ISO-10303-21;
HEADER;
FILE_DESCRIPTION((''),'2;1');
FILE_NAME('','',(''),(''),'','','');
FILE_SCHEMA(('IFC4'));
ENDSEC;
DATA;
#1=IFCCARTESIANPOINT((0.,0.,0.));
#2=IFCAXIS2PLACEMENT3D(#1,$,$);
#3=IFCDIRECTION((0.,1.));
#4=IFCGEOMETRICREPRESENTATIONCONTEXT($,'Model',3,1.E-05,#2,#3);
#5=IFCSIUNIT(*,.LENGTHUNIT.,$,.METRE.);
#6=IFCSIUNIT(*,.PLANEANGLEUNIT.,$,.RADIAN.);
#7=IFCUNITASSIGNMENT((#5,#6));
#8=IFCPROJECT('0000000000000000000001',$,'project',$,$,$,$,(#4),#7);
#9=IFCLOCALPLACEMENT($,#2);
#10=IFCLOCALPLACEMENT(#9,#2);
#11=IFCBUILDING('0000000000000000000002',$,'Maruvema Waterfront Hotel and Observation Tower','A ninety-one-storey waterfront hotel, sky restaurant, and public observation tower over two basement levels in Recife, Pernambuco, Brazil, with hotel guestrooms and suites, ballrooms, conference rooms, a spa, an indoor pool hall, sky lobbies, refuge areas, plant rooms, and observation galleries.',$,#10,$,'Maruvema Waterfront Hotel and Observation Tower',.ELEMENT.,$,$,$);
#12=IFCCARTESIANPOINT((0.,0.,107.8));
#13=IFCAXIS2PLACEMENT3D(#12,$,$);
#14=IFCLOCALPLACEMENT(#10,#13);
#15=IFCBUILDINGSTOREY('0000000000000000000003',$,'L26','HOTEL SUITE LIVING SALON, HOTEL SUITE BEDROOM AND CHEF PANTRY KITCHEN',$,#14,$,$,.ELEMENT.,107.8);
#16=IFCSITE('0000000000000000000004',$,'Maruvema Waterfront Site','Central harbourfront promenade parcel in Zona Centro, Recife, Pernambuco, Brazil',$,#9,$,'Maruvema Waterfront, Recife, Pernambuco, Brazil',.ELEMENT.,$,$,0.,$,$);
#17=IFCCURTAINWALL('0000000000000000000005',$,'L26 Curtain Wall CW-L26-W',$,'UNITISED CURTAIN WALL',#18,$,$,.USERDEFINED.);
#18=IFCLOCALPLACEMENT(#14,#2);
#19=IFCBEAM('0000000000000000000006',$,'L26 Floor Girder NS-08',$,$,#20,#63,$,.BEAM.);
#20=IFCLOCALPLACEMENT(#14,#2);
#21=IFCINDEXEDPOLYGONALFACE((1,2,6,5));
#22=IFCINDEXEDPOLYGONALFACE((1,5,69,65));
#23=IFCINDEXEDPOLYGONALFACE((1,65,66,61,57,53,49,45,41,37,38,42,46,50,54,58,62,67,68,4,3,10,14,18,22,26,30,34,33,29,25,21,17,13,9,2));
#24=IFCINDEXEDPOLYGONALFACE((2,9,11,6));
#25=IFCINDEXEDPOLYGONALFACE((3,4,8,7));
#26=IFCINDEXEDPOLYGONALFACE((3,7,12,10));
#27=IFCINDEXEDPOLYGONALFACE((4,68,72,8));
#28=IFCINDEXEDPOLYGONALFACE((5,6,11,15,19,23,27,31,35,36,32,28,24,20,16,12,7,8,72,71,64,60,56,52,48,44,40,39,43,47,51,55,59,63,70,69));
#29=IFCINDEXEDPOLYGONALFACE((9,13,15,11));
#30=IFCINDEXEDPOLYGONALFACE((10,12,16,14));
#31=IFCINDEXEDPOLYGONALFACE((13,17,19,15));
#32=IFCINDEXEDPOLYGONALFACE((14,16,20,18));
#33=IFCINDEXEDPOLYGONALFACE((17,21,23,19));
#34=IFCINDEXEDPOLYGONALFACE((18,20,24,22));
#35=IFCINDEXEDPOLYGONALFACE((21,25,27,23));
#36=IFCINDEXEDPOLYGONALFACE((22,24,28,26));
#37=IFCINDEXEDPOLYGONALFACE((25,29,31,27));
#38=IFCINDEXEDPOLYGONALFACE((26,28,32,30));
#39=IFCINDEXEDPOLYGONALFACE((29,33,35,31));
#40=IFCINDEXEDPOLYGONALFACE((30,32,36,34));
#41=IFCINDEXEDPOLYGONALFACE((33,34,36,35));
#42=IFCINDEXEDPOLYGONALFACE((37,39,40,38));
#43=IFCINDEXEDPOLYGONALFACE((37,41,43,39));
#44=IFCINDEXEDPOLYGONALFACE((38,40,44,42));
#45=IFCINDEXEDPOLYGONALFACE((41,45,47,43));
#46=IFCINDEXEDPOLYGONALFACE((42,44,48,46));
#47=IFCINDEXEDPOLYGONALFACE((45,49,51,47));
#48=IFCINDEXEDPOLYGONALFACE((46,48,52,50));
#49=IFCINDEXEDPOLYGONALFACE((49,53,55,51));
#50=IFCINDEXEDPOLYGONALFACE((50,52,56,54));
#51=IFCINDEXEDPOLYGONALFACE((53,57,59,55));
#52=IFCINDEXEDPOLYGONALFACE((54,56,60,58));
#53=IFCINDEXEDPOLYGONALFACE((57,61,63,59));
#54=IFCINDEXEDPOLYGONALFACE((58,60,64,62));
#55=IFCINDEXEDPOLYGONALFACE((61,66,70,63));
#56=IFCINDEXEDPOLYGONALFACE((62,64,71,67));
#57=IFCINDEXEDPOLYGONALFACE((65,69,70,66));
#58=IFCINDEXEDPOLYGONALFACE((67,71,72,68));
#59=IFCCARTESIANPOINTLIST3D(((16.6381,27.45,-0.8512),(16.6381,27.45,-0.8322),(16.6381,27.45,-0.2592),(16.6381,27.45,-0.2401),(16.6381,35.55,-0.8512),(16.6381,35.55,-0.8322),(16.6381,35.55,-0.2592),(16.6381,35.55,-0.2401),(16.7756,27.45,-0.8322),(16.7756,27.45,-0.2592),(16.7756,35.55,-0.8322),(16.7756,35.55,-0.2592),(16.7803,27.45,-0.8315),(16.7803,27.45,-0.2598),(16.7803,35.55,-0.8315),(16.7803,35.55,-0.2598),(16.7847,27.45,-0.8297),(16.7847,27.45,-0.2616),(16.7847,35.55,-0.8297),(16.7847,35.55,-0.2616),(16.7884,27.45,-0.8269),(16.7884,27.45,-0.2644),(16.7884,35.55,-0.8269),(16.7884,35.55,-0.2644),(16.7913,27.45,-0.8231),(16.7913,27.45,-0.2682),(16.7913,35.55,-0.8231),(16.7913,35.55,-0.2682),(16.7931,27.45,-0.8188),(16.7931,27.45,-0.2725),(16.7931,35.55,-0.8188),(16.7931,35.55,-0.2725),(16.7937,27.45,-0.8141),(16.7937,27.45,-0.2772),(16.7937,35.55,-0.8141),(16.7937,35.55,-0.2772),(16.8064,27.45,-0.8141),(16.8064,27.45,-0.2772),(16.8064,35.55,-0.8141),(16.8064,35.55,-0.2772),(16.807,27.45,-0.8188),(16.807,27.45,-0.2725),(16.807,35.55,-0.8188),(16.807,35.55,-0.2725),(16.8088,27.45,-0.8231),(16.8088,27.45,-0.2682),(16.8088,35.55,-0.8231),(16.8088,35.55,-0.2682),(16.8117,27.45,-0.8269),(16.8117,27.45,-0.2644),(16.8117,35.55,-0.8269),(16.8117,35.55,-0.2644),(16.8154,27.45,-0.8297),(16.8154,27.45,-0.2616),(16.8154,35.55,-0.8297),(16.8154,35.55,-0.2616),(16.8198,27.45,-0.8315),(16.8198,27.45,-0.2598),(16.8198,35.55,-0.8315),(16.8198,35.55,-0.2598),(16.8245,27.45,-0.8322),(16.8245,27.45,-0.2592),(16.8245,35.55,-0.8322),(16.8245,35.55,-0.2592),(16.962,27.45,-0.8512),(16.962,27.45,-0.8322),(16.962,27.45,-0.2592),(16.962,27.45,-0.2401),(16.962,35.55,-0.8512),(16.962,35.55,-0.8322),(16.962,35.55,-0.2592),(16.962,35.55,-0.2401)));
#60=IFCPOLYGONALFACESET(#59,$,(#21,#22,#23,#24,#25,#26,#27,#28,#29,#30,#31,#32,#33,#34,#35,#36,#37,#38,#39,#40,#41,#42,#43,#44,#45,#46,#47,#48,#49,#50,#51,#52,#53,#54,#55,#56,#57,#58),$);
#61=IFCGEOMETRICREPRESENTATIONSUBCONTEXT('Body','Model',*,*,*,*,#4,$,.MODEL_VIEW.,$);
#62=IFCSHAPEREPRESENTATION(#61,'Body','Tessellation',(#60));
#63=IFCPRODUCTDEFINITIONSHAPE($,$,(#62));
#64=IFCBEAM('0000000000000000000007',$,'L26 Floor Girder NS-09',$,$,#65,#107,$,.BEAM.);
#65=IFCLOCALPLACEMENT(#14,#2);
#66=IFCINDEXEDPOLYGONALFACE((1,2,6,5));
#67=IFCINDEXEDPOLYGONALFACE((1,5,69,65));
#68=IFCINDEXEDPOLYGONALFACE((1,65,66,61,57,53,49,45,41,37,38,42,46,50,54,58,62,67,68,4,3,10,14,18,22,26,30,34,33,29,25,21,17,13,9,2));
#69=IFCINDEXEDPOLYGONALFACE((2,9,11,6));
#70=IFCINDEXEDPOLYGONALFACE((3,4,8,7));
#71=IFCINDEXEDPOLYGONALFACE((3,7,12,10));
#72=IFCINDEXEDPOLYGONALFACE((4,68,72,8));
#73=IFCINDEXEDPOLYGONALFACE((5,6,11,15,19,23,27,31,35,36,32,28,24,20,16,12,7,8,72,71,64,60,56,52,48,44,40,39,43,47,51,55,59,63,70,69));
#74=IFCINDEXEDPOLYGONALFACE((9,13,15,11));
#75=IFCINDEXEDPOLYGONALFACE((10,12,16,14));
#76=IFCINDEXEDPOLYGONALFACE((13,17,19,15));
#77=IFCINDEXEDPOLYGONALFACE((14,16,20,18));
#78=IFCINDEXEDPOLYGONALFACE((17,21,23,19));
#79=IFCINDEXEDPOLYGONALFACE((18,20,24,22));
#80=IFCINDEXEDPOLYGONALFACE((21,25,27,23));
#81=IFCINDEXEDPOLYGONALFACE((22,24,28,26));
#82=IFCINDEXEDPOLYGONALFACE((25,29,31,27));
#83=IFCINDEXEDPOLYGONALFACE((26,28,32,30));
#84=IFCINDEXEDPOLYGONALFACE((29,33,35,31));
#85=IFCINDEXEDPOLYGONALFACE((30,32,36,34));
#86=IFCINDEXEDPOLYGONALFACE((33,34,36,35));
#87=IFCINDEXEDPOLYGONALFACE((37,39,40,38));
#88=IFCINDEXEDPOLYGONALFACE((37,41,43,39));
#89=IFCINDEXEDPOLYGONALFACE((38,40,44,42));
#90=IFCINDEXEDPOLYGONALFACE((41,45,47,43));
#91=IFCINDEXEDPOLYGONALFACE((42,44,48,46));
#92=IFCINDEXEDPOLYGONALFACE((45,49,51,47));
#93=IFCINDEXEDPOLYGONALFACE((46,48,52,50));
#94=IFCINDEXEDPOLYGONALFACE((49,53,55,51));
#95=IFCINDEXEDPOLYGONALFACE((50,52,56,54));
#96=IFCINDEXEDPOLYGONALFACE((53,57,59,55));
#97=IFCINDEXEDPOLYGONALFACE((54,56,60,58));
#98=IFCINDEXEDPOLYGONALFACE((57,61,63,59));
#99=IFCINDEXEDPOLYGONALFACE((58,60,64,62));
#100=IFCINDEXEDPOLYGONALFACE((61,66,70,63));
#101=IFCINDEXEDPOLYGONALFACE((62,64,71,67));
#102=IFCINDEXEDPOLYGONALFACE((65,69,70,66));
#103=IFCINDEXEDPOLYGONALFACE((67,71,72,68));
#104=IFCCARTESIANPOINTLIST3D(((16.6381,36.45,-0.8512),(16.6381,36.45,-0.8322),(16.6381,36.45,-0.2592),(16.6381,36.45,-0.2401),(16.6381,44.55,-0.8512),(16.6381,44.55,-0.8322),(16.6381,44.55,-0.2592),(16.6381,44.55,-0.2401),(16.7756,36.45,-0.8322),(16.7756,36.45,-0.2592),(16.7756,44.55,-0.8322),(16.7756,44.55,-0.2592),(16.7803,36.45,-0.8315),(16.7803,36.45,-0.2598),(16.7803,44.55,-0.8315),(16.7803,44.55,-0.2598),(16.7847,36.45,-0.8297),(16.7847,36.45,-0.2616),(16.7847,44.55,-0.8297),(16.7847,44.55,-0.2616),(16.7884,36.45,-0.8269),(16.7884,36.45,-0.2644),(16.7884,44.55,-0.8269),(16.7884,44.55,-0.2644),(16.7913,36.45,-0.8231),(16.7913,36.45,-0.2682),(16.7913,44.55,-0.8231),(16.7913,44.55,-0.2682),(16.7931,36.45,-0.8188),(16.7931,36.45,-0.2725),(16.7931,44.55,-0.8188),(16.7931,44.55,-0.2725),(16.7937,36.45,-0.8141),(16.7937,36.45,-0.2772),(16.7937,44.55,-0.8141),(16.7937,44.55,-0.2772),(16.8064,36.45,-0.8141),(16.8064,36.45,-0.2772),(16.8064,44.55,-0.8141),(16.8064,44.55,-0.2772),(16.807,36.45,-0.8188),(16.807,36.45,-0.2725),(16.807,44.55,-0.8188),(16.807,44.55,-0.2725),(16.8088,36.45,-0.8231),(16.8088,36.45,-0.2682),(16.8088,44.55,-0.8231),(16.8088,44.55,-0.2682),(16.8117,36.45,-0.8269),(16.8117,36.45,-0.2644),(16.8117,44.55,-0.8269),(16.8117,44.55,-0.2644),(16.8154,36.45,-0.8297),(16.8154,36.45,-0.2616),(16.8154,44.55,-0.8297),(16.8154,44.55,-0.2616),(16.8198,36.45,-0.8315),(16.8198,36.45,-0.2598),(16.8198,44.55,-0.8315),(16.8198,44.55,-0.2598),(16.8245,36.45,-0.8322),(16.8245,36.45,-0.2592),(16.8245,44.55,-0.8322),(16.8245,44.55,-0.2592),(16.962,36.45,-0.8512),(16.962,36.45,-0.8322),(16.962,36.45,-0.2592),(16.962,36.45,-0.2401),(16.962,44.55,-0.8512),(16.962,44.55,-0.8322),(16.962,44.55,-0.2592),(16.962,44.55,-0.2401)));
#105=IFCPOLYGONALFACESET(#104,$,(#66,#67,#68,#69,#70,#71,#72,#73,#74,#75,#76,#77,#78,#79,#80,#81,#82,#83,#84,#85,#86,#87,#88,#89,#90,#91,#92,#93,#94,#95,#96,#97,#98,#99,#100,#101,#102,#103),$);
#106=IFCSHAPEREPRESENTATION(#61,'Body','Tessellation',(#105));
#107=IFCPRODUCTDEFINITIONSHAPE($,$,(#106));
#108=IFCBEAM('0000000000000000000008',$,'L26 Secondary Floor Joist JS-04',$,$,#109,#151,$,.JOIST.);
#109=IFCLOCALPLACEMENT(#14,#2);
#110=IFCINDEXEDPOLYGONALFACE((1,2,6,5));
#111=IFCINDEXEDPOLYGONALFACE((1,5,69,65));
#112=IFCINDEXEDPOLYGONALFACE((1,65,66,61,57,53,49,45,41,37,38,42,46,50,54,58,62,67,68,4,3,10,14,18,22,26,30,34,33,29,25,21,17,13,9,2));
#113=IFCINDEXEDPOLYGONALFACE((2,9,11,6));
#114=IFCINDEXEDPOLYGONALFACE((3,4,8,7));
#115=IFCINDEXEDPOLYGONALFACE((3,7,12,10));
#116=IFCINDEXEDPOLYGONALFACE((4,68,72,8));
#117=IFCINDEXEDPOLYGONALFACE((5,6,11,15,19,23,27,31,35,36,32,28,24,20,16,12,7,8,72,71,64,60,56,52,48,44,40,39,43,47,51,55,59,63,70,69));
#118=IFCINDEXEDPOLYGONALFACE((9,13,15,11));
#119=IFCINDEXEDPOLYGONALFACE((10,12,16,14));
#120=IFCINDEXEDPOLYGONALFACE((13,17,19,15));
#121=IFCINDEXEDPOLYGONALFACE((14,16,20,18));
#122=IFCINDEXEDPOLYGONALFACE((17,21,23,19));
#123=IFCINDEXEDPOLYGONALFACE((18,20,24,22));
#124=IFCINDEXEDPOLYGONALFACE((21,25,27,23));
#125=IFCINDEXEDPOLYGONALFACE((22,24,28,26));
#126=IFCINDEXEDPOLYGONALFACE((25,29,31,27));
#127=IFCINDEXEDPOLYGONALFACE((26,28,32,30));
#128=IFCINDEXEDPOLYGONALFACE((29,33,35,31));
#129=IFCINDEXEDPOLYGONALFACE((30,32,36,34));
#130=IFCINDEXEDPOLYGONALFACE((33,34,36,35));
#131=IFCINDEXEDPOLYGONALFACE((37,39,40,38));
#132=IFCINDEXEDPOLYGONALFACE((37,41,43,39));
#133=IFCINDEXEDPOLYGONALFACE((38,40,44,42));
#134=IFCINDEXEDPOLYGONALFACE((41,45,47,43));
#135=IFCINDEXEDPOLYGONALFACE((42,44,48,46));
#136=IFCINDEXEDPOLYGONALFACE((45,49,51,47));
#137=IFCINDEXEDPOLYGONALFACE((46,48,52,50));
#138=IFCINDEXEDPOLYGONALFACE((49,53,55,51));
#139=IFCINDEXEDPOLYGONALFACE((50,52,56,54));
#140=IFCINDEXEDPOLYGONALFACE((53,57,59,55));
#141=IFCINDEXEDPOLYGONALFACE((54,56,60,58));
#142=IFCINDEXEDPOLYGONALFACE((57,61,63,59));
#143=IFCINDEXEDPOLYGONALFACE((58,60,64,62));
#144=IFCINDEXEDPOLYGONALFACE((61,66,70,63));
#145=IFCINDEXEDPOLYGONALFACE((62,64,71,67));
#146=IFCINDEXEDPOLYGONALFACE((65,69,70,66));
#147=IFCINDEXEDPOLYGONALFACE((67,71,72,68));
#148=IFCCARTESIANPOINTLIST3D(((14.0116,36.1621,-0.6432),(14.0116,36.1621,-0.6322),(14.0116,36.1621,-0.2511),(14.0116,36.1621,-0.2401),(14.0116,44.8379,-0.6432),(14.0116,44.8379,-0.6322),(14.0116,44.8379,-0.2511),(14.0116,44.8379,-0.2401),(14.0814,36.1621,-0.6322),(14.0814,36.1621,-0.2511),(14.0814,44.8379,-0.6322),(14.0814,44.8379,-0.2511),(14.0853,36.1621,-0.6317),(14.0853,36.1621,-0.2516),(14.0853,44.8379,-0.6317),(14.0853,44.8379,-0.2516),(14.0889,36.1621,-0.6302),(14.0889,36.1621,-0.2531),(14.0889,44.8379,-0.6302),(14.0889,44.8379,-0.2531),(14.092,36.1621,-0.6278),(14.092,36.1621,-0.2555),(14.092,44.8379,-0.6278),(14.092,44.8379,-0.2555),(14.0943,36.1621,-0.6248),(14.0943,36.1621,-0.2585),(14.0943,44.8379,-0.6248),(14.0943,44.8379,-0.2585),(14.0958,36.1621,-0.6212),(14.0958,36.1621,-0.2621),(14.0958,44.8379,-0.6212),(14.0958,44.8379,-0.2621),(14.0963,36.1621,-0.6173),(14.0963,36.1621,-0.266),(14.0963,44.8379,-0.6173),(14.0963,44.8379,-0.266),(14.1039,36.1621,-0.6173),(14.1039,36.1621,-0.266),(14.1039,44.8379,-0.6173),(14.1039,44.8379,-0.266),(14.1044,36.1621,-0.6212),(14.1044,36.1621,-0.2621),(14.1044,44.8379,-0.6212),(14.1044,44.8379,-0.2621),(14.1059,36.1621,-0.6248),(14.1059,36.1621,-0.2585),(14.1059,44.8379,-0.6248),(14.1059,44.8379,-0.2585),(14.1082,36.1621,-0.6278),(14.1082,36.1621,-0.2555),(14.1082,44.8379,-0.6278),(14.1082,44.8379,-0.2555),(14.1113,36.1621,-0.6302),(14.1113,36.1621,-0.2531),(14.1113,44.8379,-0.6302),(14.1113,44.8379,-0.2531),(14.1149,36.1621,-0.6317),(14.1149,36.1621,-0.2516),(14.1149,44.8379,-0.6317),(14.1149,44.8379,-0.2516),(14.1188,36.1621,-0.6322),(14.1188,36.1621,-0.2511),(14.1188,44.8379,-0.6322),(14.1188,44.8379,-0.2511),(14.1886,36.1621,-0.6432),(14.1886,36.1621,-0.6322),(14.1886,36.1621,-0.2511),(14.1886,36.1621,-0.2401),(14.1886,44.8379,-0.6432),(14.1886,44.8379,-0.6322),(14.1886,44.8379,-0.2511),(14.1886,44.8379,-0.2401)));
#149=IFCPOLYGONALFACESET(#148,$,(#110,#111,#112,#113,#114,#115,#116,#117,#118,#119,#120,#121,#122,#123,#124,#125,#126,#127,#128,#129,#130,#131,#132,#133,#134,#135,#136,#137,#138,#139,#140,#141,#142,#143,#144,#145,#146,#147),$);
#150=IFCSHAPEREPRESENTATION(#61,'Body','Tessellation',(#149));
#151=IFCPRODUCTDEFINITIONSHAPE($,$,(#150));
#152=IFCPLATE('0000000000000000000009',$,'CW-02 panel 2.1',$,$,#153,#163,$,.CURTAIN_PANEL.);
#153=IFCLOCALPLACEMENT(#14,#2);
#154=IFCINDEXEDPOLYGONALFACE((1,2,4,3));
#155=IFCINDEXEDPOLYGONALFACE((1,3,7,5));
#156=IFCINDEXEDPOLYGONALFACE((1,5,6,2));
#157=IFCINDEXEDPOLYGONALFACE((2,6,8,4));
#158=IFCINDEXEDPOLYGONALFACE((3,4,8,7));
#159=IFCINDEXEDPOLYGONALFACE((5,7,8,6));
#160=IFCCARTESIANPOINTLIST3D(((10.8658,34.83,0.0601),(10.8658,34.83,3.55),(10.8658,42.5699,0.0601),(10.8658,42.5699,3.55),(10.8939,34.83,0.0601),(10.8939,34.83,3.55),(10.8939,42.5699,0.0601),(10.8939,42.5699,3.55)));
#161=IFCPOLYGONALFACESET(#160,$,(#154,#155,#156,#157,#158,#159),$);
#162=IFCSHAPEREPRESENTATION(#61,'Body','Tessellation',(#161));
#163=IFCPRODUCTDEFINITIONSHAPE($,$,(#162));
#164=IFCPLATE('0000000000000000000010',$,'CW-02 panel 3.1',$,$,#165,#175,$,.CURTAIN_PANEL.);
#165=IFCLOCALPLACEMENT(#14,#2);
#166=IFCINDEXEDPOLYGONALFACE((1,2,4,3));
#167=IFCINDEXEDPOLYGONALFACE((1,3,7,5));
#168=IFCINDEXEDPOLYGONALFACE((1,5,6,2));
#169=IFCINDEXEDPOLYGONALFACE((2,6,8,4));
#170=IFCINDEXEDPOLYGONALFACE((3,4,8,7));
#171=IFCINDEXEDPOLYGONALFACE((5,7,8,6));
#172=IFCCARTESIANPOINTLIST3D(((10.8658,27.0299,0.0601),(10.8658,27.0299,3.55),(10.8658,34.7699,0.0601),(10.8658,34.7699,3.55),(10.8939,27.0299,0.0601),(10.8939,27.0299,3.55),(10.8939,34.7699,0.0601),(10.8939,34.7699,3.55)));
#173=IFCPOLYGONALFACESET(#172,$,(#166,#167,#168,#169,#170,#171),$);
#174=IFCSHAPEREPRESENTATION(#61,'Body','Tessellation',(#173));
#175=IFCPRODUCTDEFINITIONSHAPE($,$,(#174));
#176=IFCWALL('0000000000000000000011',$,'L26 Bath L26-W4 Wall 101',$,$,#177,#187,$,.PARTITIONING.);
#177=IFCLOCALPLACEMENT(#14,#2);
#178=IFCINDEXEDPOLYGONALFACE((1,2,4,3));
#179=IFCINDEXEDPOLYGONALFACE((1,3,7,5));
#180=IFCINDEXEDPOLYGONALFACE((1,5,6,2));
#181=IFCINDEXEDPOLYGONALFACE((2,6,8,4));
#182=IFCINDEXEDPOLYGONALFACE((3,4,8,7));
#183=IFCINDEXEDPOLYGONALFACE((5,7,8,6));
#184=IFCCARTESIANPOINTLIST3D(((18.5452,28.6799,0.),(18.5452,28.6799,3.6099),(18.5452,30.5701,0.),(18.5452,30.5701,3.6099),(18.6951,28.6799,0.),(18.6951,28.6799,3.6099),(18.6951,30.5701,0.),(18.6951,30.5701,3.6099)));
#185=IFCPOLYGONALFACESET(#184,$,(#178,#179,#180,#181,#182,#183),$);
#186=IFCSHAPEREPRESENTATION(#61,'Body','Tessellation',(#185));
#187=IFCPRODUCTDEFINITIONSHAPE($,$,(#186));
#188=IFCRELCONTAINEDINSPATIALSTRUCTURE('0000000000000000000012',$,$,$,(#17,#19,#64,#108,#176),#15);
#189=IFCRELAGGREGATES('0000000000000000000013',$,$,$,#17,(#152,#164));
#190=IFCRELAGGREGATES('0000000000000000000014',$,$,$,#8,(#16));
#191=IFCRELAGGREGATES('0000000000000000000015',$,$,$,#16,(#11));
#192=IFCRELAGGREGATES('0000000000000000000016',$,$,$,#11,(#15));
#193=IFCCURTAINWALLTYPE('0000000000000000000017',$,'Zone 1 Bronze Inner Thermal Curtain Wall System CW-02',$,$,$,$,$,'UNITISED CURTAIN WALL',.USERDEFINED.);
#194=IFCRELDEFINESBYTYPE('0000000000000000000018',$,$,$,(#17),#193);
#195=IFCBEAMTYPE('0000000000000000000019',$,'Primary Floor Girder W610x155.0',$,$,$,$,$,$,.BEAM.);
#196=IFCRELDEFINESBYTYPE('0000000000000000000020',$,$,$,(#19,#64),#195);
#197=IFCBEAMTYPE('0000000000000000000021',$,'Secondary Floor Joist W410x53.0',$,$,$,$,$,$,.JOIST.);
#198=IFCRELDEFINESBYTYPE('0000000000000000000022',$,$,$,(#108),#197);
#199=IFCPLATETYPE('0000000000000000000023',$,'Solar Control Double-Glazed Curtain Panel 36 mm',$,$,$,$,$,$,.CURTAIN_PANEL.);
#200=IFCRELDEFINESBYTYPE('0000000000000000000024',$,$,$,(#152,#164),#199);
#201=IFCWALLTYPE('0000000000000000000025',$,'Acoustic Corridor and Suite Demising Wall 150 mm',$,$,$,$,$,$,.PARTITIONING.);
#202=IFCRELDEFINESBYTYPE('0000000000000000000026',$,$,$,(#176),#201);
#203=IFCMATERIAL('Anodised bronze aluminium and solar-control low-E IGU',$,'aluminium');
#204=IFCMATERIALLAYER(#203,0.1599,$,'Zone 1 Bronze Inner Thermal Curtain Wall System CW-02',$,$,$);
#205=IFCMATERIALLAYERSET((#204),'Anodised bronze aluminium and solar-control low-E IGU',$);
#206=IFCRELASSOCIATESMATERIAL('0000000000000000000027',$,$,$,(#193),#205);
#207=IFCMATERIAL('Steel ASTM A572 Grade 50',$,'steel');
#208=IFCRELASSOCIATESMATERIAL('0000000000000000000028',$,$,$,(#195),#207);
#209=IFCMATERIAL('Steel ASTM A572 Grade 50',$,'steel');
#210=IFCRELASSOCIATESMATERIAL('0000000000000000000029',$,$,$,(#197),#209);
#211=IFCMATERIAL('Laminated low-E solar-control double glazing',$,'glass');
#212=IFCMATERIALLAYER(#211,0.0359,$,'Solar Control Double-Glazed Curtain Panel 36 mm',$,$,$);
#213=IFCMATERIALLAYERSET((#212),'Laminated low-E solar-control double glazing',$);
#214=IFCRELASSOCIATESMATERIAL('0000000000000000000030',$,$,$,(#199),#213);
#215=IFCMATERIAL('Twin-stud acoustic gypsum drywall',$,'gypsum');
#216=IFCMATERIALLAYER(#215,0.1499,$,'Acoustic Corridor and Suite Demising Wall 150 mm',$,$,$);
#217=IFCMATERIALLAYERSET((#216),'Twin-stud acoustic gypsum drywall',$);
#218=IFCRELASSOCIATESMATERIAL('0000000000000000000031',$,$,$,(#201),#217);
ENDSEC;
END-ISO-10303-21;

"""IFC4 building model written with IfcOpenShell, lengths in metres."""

from ifc_helpers import new_model, si_unit, direction, frame, frame_2d, origin, origin_2d, place, context, subcontext, project, spatial, rectangle, i_section, extrude, material, layer, layer_set, material_profile, profile_set, type_object, element, aggregate, save


model = new_model("IFC4")

# Units and contexts
model_context = context("Model", 3, precision=1e-05, world=origin(), true_north=direction((0.0, 1.0)))
body_context = subcontext(model_context, "Body", "Model", "MODEL_VIEW")
ifc_project = project(units=[si_unit("LENGTHUNIT", "METRE"), si_unit("PLANEANGLEUNIT", "RADIAN")], contexts=[model_context])

# Site, building, storey
site_placement = place(None, origin())
site = spatial("IfcSite", under=ifc_project, at=site_placement, Name="Maruvema Waterfront Site", Description="Central harbourfront promenade parcel in Zona Centro, Recife, Pernambuco, Brazil", LongName="Maruvema Waterfront, Recife, Pernambuco, Brazil", CompositionType="ELEMENT", RefElevation=0.0)
building_placement = place(site_placement, origin())
building = spatial("IfcBuilding", under=site, at=building_placement, Name="Maruvema Waterfront Hotel and Observation Tower", Description="A ninety-one-storey waterfront hotel, sky restaurant, and public observation tower over two basement levels in Recife, Pernambuco, Brazil, with hotel guestrooms and suites, ballrooms, conference rooms, a spa, an indoor pool hall, sky lobbies, refuge areas, plant rooms, and observation galleries.", LongName="Maruvema Waterfront Hotel and Observation Tower", CompositionType="ELEMENT")
storey_placement = place(building_placement, frame((0.0, 0.0, 107.8)))
storey = spatial("IfcBuildingStorey", under=building, at=storey_placement, Name="L26", Description="HOTEL SUITE LIVING SALON, HOTEL SUITE BEDROOM AND CHEF PANTRY KITCHEN", CompositionType="ELEMENT", Elevation=107.8)

# Curtain wall
ifc_material_1 = material(Name="Anodised bronze aluminium and solar-control low-E IGU", Category="aluminium")
ifc_layer_1 = layer(ifc_material_1, 0.1599, Name="Zone 1 Bronze Inner Thermal Curtain Wall System CW-02")
ifc_layer_set_1 = layer_set([ifc_layer_1], Name="Anodised bronze aluminium and solar-control low-E IGU")
curtain_wall_type = type_object("IfcCurtainWallType", Name="Zone 1 Bronze Inner Thermal Curtain Wall System CW-02", ElementType="UNITISED CURTAIN WALL", PredefinedType="USERDEFINED", material=ifc_layer_set_1)
curtain_wall_placement = place(storey_placement, origin())
curtain_wall = element("IfcCurtainWall", 1, at=curtain_wall_placement, inside=storey, type_object=curtain_wall_type, Name="L26 Curtain Wall CW-L26-W", ObjectType="UNITISED CURTAIN WALL", PredefinedType="USERDEFINED")

# Beams
ifc_material_2 = material(Name="Steel ASTM A572 Grade 50", Category="steel")
ifc_material_profile_1 = material_profile(ifc_material_2, i_section(OverallWidth=0.324, OverallDepth=0.6111, WebThickness=0.0127, FlangeThickness=0.019, FilletRadius=0.0181, at=origin_2d()), Name="W610x155.0")
ifc_profile_set_1 = profile_set([ifc_material_profile_1], Name="Steel ASTM A572 Grade 50")
beam_type_1 = type_object("IfcBeamType", Name="Primary Floor Girder W610x155.0", PredefinedType="BEAM", material=ifc_profile_set_1)
for number, where, z_axis, x_axis, name in (
    (2, (16.8, 27.45, -0.5457), (0.0, 1.0, 0.0), (-1.0, 0.0, 0.0), "L26 Floor Girder NS-08"),
    (3, (16.8, 36.45, -0.5457), (0.0, 1.0, 0.0), (-1.0, 0.0, 0.0), "L26 Floor Girder NS-09"),
):
    element("IfcBeam", number, at=place(storey_placement, frame(where, z_axis=z_axis, x_axis=x_axis)), inside=storey, type_object=beam_type_1, Name=name, PredefinedType="BEAM", context=body_context, shape_type="SweptSolid", body=[
        extrude(i_section(OverallWidth=0.324, OverallDepth=0.6111, WebThickness=0.0127, FlangeThickness=0.019, FilletRadius=0.0181, at=origin_2d()), origin(), (0.0, 0.0, 1.0), 8.1001),
    ])
ifc_material_3 = material(Name="Steel ASTM A572 Grade 50", Category="steel")
ifc_material_profile_2 = material_profile(ifc_material_3, i_section(OverallWidth=0.177, OverallDepth=0.4031, WebThickness=0.0076, FlangeThickness=0.011, FilletRadius=0.0149, at=origin_2d()), Name="W410x53.0")
ifc_profile_set_2 = profile_set([ifc_material_profile_2], Name="Steel ASTM A572 Grade 50")
beam_type_2 = type_object("IfcBeamType", Name="Secondary Floor Joist W410x53.0", PredefinedType="JOIST", material=ifc_profile_set_2)
beam_1_placement = place(storey_placement, frame((14.1001, 36.1621, -0.4417), z_axis=(0.0, 1.0, 0.0), x_axis=(-1.0, 0.0, 0.0)))
element("IfcBeam", 4, at=beam_1_placement, inside=storey, type_object=beam_type_2, Name="L26 Secondary Floor Joist JS-04", PredefinedType="JOIST", context=body_context, shape_type="SweptSolid", body=[
    extrude(i_section(OverallWidth=0.177, OverallDepth=0.4031, WebThickness=0.0076, FlangeThickness=0.011, FilletRadius=0.0149, at=origin_2d()), origin(), (0.0, 0.0, 1.0), 8.6758),
])

# Plates
ifc_material_4 = material(Name="Laminated low-E solar-control double glazing", Category="glass")
ifc_layer_2 = layer(ifc_material_4, 0.0359, Name="Solar Control Double-Glazed Curtain Panel 36 mm")
ifc_layer_set_2 = layer_set([ifc_layer_2], Name="Laminated low-E solar-control double glazing")
plate_type = type_object("IfcPlateType", Name="Solar Control Double-Glazed Curtain Panel 36 mm", PredefinedType="CURTAIN_PANEL", material=ifc_layer_set_2)
plate_1_placement = place(storey_placement, frame((10.8799, 38.7, 0.0601), z_axis=(0.0, 0.0, 1.0), x_axis=(0.0, -1.0, 0.0)))
plate_1 = element("IfcPlate", 5, at=plate_1_placement, type_object=plate_type, Name="CW-02 panel 2.1", PredefinedType="CURTAIN_PANEL", context=body_context, shape_type="SweptSolid", body=[
    extrude(rectangle(XDim=7.74, YDim=0.0281, at=origin_2d()), origin(), (0.0, 0.0, 1.0), 3.49),
])
plate_2_placement = place(storey_placement, frame((10.8799, 30.8999, 0.0601), z_axis=(0.0, 0.0, 1.0), x_axis=(0.0, -1.0, 0.0)))
plate_2 = element("IfcPlate", 6, at=plate_2_placement, type_object=plate_type, Name="CW-02 panel 3.1", PredefinedType="CURTAIN_PANEL", context=body_context, shape_type="SweptSolid", body=[
    extrude(rectangle(XDim=7.74, YDim=0.0281, at=origin_2d()), origin(), (0.0, 0.0, 1.0), 3.49),
])
aggregate(curtain_wall, [plate_1, plate_2])

# Wall
ifc_material_5 = material(Name="Twin-stud acoustic gypsum drywall", Category="gypsum")
ifc_layer_3 = layer(ifc_material_5, 0.1499, Name="Acoustic Corridor and Suite Demising Wall 150 mm")
ifc_layer_set_3 = layer_set([ifc_layer_3], Name="Twin-stud acoustic gypsum drywall")
wall_type_1 = type_object("IfcWallType", Name="Acoustic Corridor and Suite Demising Wall 150 mm", PredefinedType="PARTITIONING", material=ifc_layer_set_3)
wall_1_placement = place(storey_placement, frame((18.6201, 28.6799, 0.0), z_axis=(0.0, 0.0, 1.0), x_axis=(0.0, 1.0, 0.0)))
element("IfcWall", 7, at=wall_1_placement, inside=storey, type_object=wall_type_1, Name="L26 Bath L26-W4 Wall 101", PredefinedType="PARTITIONING", context=body_context, shape_type="SweptSolid", body=[
    extrude(rectangle(XDim=1.8901, YDim=0.1499, at=frame_2d((0.9451, 0.0))), origin(), (0.0, 0.0, 1.0), 3.6099),
])

save(model, "model.ifc")
